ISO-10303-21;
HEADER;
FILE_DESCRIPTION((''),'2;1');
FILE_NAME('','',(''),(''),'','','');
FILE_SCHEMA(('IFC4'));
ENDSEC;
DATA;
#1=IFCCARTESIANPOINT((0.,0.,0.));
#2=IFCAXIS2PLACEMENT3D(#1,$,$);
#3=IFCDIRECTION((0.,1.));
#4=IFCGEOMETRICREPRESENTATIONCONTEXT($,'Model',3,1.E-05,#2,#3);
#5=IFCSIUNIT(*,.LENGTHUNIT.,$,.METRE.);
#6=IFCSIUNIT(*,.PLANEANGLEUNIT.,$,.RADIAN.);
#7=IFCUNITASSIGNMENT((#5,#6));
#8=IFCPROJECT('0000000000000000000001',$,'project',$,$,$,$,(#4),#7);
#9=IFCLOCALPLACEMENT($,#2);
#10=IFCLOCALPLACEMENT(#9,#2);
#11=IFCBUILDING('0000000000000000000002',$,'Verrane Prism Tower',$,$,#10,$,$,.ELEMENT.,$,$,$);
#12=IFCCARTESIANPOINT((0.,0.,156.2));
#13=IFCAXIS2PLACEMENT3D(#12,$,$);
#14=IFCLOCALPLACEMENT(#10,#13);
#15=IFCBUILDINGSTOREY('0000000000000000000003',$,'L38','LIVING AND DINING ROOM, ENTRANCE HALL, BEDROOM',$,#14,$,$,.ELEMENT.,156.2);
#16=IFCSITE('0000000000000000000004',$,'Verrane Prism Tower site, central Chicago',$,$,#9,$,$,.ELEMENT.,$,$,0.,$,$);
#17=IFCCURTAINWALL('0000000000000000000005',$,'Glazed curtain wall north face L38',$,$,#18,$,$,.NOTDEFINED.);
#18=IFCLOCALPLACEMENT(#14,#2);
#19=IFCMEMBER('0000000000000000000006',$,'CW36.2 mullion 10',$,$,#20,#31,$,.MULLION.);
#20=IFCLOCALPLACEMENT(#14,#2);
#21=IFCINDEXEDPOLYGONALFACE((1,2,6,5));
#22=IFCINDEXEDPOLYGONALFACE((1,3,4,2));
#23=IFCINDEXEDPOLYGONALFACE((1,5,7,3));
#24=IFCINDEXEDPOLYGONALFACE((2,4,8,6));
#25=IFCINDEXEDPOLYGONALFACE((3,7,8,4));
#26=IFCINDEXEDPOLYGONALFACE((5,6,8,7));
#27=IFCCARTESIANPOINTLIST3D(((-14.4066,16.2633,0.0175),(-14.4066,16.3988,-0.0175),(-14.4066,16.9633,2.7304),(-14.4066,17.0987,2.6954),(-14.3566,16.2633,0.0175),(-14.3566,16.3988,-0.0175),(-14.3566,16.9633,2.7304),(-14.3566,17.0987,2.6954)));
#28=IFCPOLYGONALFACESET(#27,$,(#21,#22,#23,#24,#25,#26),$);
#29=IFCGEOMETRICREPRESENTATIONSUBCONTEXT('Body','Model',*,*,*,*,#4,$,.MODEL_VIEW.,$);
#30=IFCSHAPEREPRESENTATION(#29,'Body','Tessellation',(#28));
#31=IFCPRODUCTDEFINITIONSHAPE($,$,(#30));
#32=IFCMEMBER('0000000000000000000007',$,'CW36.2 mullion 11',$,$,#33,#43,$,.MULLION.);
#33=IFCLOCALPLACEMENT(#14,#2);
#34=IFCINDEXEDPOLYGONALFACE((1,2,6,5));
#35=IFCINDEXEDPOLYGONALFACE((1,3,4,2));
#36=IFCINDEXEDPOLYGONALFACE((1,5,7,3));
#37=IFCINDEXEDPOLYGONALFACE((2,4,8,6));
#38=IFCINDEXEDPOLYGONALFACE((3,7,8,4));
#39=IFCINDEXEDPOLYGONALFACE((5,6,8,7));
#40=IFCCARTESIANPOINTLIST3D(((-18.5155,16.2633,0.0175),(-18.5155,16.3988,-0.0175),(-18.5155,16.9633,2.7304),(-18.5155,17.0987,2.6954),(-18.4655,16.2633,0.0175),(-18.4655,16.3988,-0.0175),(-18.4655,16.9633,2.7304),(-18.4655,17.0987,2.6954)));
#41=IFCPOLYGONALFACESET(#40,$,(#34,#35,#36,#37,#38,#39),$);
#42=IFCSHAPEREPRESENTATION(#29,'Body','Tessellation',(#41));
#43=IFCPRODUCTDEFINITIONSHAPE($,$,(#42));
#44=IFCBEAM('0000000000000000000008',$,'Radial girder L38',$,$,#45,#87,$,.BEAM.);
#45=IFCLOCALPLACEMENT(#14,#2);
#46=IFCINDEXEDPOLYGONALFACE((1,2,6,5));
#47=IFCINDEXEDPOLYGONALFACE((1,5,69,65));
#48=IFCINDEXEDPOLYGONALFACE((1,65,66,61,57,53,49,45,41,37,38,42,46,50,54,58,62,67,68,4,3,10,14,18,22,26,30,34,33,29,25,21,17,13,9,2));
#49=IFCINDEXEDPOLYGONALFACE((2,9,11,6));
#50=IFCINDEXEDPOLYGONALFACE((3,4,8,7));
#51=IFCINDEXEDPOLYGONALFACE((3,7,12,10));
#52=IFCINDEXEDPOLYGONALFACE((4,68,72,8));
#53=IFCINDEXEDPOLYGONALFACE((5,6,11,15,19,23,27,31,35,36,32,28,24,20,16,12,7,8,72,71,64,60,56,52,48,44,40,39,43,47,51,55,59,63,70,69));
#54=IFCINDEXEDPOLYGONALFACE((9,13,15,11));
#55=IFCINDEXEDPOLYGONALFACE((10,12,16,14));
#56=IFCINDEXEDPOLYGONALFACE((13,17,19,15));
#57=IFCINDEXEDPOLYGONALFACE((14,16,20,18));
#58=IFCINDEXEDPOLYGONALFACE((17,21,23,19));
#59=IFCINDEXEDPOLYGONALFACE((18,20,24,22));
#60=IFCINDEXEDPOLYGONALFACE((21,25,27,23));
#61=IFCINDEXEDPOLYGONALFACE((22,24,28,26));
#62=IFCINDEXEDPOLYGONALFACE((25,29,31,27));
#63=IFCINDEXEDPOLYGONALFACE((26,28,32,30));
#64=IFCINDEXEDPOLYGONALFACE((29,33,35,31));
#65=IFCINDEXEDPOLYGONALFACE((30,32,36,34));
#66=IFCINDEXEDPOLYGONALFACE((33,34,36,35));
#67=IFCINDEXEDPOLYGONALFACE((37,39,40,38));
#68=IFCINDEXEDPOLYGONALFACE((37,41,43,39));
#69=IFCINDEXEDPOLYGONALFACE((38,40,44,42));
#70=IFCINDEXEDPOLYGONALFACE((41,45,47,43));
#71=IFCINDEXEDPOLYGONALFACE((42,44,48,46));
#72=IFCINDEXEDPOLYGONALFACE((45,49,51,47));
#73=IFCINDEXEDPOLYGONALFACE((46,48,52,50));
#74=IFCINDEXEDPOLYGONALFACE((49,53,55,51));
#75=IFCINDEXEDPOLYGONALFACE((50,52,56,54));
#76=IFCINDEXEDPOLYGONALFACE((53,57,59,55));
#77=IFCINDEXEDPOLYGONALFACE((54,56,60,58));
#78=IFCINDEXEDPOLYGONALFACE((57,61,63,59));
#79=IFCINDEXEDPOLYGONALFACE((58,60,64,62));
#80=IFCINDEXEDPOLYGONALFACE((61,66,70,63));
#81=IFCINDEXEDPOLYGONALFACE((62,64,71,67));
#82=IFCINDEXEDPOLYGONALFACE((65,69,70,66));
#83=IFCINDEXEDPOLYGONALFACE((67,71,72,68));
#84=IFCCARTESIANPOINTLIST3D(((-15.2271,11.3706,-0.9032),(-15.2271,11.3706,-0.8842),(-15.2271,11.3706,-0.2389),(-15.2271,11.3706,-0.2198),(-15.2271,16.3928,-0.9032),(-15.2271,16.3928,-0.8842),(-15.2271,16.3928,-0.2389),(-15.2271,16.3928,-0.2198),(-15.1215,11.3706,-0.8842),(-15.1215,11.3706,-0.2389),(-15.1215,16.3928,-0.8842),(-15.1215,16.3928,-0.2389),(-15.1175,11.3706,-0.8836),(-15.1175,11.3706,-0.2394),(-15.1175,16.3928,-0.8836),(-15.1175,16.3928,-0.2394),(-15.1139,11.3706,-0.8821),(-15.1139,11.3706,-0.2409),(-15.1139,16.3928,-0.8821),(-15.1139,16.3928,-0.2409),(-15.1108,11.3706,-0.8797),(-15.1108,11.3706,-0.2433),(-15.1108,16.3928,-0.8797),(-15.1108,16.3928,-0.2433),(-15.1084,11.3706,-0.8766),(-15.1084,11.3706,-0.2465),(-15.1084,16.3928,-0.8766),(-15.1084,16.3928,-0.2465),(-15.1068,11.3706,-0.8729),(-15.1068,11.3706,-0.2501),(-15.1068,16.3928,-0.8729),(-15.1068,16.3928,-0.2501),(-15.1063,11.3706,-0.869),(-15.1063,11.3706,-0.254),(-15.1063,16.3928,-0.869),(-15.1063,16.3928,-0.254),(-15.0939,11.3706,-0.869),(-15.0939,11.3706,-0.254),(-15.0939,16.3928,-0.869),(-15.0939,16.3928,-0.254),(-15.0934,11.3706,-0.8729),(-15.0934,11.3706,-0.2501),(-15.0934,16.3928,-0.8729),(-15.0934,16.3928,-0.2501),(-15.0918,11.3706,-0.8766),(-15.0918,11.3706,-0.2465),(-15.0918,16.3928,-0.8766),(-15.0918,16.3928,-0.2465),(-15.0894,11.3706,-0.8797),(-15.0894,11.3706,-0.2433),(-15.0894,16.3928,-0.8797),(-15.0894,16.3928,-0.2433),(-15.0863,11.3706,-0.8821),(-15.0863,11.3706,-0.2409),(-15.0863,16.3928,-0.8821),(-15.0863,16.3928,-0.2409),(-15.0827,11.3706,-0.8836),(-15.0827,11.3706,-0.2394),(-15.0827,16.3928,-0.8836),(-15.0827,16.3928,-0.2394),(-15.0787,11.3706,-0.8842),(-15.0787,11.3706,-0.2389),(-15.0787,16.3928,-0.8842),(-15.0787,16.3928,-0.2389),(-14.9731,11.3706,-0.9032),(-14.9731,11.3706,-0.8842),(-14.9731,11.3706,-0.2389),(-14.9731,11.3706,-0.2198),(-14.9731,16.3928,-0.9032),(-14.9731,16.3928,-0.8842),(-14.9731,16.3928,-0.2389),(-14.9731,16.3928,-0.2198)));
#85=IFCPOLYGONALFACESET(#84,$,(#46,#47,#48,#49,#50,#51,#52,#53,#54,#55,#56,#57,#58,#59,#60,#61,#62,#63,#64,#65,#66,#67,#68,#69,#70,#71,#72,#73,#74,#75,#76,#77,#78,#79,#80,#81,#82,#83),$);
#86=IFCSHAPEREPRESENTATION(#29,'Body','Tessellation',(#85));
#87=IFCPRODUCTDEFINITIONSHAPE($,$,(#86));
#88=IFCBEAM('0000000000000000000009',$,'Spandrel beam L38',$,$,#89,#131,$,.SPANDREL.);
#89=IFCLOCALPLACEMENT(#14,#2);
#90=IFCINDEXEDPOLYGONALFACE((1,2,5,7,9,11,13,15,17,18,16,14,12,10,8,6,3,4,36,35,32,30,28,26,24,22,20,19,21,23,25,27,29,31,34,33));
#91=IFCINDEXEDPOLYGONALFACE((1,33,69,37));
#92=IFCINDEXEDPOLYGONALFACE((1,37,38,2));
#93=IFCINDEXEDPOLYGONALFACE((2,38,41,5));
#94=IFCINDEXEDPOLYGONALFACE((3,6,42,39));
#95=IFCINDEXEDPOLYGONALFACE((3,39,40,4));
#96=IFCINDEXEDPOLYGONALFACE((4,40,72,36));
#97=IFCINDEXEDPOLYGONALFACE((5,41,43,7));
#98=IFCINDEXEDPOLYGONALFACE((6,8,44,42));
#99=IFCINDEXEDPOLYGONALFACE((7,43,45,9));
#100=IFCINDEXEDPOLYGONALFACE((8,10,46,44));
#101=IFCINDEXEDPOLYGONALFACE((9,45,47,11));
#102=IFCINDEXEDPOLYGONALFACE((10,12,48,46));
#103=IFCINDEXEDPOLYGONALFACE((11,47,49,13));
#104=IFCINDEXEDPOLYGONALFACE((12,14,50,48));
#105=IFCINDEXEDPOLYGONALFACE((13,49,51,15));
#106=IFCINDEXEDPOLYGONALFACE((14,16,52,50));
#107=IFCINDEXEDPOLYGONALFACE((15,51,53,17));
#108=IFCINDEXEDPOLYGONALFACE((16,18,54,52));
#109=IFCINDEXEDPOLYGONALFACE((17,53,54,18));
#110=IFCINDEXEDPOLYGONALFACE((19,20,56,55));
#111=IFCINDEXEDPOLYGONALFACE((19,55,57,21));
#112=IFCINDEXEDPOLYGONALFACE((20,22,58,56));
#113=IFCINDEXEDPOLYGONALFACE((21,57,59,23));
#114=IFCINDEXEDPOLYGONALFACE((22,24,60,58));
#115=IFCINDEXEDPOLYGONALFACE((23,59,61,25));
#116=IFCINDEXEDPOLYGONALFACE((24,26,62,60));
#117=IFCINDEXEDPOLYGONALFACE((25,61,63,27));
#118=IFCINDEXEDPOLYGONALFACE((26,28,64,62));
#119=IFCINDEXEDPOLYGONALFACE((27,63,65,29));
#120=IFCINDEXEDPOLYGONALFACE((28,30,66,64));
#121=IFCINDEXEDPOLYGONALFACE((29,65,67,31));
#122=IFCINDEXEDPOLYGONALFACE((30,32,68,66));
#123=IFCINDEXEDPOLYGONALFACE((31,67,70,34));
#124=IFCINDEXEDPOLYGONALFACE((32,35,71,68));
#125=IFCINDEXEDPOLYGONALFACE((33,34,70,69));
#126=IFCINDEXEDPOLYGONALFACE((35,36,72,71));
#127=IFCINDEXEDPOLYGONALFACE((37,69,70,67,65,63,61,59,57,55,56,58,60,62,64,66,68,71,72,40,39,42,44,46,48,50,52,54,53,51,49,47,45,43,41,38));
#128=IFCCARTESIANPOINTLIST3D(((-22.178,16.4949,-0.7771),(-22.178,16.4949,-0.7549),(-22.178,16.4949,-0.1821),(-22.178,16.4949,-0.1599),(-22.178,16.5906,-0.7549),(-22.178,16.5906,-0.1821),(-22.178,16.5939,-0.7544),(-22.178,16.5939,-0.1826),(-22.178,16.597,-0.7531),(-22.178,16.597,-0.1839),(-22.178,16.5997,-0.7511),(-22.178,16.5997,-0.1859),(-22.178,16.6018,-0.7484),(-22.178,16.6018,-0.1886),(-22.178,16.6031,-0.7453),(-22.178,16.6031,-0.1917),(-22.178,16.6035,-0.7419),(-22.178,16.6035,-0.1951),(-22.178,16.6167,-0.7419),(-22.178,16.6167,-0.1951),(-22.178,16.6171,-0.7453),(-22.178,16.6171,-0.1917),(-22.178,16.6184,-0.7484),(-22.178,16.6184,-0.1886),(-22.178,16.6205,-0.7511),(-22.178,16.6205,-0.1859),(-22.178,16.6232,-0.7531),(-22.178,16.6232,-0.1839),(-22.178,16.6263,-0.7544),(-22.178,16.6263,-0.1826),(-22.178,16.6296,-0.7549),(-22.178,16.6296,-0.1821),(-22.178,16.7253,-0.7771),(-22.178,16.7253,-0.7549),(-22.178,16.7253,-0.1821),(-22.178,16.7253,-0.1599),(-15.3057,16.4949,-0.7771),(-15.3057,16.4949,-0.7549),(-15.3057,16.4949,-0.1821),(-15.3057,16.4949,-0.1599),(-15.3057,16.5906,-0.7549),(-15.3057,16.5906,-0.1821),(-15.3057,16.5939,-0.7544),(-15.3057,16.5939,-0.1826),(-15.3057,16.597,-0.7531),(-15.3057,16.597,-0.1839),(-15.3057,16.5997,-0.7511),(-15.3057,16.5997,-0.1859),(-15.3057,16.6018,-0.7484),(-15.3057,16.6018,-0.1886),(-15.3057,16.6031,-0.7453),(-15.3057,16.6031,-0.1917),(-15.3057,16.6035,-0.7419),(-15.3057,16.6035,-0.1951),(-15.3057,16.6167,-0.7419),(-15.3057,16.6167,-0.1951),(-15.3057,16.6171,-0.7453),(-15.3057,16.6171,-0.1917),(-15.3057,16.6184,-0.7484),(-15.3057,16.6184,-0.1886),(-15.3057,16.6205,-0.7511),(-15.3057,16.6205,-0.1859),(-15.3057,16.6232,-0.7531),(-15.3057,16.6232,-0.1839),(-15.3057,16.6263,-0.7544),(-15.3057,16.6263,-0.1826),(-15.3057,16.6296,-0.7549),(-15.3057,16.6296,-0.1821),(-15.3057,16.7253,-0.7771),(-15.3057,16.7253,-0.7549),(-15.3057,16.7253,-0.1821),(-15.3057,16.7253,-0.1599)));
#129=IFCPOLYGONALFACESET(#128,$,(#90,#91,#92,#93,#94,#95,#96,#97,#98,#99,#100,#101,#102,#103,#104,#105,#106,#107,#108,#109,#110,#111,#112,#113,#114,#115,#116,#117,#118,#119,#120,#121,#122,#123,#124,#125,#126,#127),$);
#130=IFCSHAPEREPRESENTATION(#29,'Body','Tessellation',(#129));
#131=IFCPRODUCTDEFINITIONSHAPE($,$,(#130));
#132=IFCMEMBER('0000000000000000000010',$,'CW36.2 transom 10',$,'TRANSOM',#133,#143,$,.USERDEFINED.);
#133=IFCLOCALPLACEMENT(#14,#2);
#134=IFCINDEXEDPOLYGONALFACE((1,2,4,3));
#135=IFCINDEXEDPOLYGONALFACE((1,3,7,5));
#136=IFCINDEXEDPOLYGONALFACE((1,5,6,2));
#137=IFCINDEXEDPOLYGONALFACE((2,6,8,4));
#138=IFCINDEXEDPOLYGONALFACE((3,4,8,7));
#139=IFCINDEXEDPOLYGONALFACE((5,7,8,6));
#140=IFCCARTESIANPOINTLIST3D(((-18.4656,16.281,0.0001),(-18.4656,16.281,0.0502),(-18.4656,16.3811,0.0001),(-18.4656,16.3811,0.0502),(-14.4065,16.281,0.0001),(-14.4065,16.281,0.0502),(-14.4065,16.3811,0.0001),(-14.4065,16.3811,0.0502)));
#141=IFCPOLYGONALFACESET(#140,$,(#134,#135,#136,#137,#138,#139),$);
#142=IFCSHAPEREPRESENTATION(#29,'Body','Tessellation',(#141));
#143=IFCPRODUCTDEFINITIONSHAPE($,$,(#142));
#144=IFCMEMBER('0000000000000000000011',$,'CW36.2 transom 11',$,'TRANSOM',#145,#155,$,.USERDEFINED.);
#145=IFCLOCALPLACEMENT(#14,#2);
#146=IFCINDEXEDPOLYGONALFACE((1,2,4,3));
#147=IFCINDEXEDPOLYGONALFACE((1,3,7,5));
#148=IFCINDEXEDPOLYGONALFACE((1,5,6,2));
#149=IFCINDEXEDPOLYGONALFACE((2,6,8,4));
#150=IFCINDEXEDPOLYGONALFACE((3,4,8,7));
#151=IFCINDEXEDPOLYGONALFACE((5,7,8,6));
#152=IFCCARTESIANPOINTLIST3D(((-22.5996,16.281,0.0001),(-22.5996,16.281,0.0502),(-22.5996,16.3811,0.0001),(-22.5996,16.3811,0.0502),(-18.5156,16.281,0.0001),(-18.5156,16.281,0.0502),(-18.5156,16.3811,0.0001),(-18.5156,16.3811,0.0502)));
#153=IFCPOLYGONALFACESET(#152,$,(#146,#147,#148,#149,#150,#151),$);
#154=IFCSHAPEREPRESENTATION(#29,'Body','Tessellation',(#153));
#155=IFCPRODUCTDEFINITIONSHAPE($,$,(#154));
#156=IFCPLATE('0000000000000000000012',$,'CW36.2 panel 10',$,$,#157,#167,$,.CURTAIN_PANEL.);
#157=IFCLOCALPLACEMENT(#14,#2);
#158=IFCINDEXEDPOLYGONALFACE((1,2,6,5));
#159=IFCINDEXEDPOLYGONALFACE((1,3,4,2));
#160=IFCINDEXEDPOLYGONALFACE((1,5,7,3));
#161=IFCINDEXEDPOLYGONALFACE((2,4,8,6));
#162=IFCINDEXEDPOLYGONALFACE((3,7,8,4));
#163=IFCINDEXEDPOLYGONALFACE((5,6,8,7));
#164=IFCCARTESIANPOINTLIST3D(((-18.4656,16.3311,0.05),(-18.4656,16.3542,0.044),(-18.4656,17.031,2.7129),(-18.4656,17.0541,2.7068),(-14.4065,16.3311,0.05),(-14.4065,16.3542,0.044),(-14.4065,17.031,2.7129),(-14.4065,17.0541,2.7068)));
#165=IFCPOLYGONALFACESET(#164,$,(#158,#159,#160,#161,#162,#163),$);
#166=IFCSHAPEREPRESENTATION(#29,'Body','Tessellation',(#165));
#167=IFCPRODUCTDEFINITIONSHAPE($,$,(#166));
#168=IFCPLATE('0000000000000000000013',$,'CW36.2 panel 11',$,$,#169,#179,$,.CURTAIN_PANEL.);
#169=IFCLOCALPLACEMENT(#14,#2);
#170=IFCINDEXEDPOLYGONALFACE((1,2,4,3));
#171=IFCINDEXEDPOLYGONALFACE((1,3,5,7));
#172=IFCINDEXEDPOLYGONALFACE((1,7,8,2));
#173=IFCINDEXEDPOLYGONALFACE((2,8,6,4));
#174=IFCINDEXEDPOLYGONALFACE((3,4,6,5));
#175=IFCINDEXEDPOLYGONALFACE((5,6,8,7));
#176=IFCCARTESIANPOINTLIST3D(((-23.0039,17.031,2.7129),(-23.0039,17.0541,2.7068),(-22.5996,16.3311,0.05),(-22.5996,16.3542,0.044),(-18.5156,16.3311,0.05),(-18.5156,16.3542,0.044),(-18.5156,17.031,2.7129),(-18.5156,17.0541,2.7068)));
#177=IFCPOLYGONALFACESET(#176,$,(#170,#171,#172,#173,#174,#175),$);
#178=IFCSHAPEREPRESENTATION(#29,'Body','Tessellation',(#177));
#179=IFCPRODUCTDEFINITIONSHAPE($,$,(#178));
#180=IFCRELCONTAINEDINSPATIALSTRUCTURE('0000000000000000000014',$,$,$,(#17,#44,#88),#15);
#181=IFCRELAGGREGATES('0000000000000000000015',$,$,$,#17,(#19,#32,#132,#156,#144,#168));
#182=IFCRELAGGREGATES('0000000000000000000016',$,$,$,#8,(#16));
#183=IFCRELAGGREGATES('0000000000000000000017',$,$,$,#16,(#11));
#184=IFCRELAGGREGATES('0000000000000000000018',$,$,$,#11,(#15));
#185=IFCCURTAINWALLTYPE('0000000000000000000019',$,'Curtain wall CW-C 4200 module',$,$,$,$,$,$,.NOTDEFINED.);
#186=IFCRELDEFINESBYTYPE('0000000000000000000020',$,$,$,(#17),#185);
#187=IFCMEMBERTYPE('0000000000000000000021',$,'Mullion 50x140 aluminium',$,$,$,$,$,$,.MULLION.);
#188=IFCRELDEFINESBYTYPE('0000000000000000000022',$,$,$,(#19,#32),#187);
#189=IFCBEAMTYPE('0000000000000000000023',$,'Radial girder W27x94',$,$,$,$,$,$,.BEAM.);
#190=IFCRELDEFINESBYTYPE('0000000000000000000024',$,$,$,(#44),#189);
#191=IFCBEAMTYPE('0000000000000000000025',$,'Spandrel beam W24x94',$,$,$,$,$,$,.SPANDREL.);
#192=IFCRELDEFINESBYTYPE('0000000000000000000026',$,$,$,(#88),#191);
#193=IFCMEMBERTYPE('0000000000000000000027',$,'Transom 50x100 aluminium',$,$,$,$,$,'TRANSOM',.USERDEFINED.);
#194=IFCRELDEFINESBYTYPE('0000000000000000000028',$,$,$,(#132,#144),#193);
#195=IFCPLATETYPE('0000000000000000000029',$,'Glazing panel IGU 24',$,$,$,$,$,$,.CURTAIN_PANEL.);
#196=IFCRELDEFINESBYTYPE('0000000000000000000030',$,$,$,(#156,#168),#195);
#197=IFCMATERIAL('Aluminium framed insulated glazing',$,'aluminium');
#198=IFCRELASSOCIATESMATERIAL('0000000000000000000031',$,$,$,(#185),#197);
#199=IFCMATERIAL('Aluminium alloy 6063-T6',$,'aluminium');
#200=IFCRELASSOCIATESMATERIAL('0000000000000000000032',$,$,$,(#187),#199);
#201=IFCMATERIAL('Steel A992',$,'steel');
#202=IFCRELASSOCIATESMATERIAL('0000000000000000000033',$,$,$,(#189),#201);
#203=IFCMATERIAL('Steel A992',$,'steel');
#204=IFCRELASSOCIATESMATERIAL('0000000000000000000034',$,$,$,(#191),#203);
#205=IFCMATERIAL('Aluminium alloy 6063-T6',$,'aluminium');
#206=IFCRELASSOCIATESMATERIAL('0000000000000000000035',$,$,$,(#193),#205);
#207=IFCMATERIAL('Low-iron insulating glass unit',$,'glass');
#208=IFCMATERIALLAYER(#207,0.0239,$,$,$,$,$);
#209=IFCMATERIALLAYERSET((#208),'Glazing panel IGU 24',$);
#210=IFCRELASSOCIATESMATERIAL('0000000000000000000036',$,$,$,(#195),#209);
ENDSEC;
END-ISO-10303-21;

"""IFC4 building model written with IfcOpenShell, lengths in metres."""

from ifc_helpers import new_model, si_unit, direction, frame, origin, origin_2d, place, context, subcontext, project, spatial, polyline, rectangle, i_section, outline, extrude, material, layer, layer_set, material_profile, profile_set, type_object, element, aggregate, save


model = new_model("IFC4")

# Units and contexts
model_context = context("Model", 3, precision=1e-05, world=origin(), true_north=direction((0.0, 1.0)))
body_context = subcontext(model_context, "Body", "Model", "MODEL_VIEW")
ifc_project = project(units=[si_unit("LENGTHUNIT", "METRE"), si_unit("PLANEANGLEUNIT", "RADIAN")], contexts=[model_context])

# Site, building, storey
site_placement = place(None, origin())
site = spatial("IfcSite", under=ifc_project, at=site_placement, Name="Verrane Prism Tower site, central Chicago", CompositionType="ELEMENT", RefElevation=0.0)
building_placement = place(site_placement, origin())
building = spatial("IfcBuilding", under=site, at=building_placement, Name="Verrane Prism Tower", CompositionType="ELEMENT")
storey_placement = place(building_placement, frame((0.0, 0.0, 156.2)))
storey = spatial("IfcBuildingStorey", under=building, at=storey_placement, Name="L38", Description="LIVING AND DINING ROOM, ENTRANCE HALL, BEDROOM", CompositionType="ELEMENT", Elevation=156.2)

# Curtain wall, members
ifc_material_1 = material(Name="Aluminium framed insulated glazing", Category="aluminium")
curtain_wall_type = type_object("IfcCurtainWallType", Name="Curtain wall CW-C 4200 module", PredefinedType="NOTDEFINED", material=ifc_material_1)
curtain_wall_placement = place(storey_placement, origin())
curtain_wall = element("IfcCurtainWall", 1, at=curtain_wall_placement, inside=storey, type_object=curtain_wall_type, Name="Glazed curtain wall north face L38", PredefinedType="NOTDEFINED")
ifc_material_2 = material(Name="Aluminium alloy 6063-T6", Category="aluminium")
ifc_material_profile_1 = material_profile(ifc_material_2, rectangle(XDim=0.1399, YDim=0.05, at=origin_2d()), Name="Mullion 50x140 aluminium")
ifc_profile_set_1 = profile_set([ifc_material_profile_1], Name="Aluminium alloy 6063-T6")
member_type_1 = type_object("IfcMemberType", Name="Mullion 50x140 aluminium", PredefinedType="MULLION", material=ifc_profile_set_1)
member_1_placement = place(storey_placement, frame((-14.3816, 16.3311, 0.0), z_axis=(0.0, 0.249828, 0.96829), x_axis=(0.0, 0.96829, -0.249828)))
member_1 = element("IfcMember", 2, at=member_1_placement, type_object=member_type_1, Name="CW36.2 mullion 10", PredefinedType="MULLION", context=body_context, shape_type="SweptSolid", body=[
    extrude(rectangle(XDim=0.1399, YDim=0.05, at=origin_2d()), origin(), (0.0, 0.0, 1.0), 2.8018),
])
member_2_placement = place(storey_placement, frame((-18.4905, 16.3311, 0.0), z_axis=(0.0, 0.249828, 0.96829), x_axis=(0.0, 0.96829, -0.249828)))
member_2 = element("IfcMember", 3, at=member_2_placement, type_object=member_type_1, Name="CW36.2 mullion 11", PredefinedType="MULLION", context=body_context, shape_type="SweptSolid", body=[
    extrude(rectangle(XDim=0.1399, YDim=0.05, at=origin_2d()), origin(), (0.0, 0.0, 1.0), 2.8018),
])

# Beams
ifc_material_3 = material(Name="Steel A992", Category="steel")
ifc_material_profile_2 = material_profile(ifc_material_3, i_section(OverallWidth=0.2539, OverallDepth=0.6833, WebThickness=0.0125, FlangeThickness=0.019, FilletRadius=0.0151, at=origin_2d()), Name="W27x94")
ifc_profile_set_2 = profile_set([ifc_material_profile_2], Name="Steel A992")
beam_type_1 = type_object("IfcBeamType", Name="Radial girder W27x94", PredefinedType="BEAM", material=ifc_profile_set_2)
beam_1_placement = place(storey_placement, frame((-15.1001, 16.3928, -0.5615), z_axis=(0.0, -1.0, 0.0), x_axis=(1.0, 0.0, 0.0)))
element("IfcBeam", 4, at=beam_1_placement, inside=storey, type_object=beam_type_1, Name="Radial girder L38", PredefinedType="BEAM", context=body_context, shape_type="SweptSolid", body=[
    extrude(i_section(OverallWidth=0.2539, OverallDepth=0.6833, WebThickness=0.0125, FlangeThickness=0.019, FilletRadius=0.0151, at=origin_2d()), origin(), (0.0, 0.0, 1.0), 5.0222),
])
ifc_material_4 = material(Name="Steel A992", Category="steel")
ifc_material_profile_3 = material_profile(ifc_material_4, i_section(OverallWidth=0.2305, OverallDepth=0.6172, WebThickness=0.0132, FlangeThickness=0.0222, FilletRadius=0.0129, at=origin_2d()), Name="W24x94")
ifc_profile_set_3 = profile_set([ifc_material_profile_3], Name="Steel A992")
beam_type_2 = type_object("IfcBeamType", Name="Spandrel beam W24x94", PredefinedType="SPANDREL", material=ifc_profile_set_3)
beam_2_placement = place(storey_placement, frame((-15.3057, 16.6101, -0.4685), z_axis=(-1.0, 0.0, 0.0), x_axis=(0.0, -1.0, 0.0)))
element("IfcBeam", 5, at=beam_2_placement, inside=storey, type_object=beam_type_2, Name="Spandrel beam L38", PredefinedType="SPANDREL", context=body_context, shape_type="SweptSolid", body=[
    extrude(i_section(OverallWidth=0.2305, OverallDepth=0.6172, WebThickness=0.0132, FlangeThickness=0.0222, FilletRadius=0.0129, at=origin_2d()), origin(), (0.0, 0.0, 1.0), 6.8723),
])

# Members
ifc_material_5 = material(Name="Aluminium alloy 6063-T6", Category="aluminium")
ifc_material_profile_4 = material_profile(ifc_material_5, rectangle(XDim=0.1001, YDim=0.05, at=origin_2d()), Name="Transom 50x100 aluminium")
ifc_profile_set_4 = profile_set([ifc_material_profile_4], Name="Aluminium alloy 6063-T6")
member_type_2 = type_object("IfcMemberType", Name="Transom 50x100 aluminium", ElementType="TRANSOM", PredefinedType="USERDEFINED", material=ifc_profile_set_4)
member_3_placement = place(storey_placement, frame((-14.4065, 16.3311, 0.0251), z_axis=(-1.0, 0.0, 0.0), x_axis=(0.0, -1.0, 0.0)))
member_3 = element("IfcMember", 6, at=member_3_placement, type_object=member_type_2, Name="CW36.2 transom 10", ObjectType="TRANSOM", PredefinedType="USERDEFINED", context=body_context, shape_type="SweptSolid", body=[
    extrude(rectangle(XDim=0.1001, YDim=0.05, at=origin_2d()), origin(), (0.0, 0.0, 1.0), 4.0591),
])
member_4_placement = place(storey_placement, frame((-18.5156, 16.3311, 0.0251), z_axis=(-1.0, 0.0, 0.0), x_axis=(0.0, -1.0, 0.0)))
member_4 = element("IfcMember", 7, at=member_4_placement, type_object=member_type_2, Name="CW36.2 transom 11", ObjectType="TRANSOM", PredefinedType="USERDEFINED", context=body_context, shape_type="SweptSolid", body=[
    extrude(rectangle(XDim=0.1001, YDim=0.05, at=origin_2d()), origin(), (0.0, 0.0, 1.0), 4.084),
])

# Plates
ifc_material_6 = material(Name="Low-iron insulating glass unit", Category="glass")
ifc_layer_1 = layer(ifc_material_6, 0.0239)
ifc_layer_set_1 = layer_set([ifc_layer_1], Name="Glazing panel IGU 24")
plate_type = type_object("IfcPlateType", Name="Glazing panel IGU 24", PredefinedType="CURTAIN_PANEL", material=ifc_layer_set_1)
plate_1_placement = place(storey_placement, frame((-14.4065, 16.3311, 0.05), z_axis=(0.0, -0.967146, 0.254223), x_axis=(-1.0, 0.0, 0.0)))
plate_1 = element("IfcPlate", 8, at=plate_1_placement, type_object=plate_type, Name="CW36.2 panel 10", PredefinedType="CURTAIN_PANEL", context=body_context, shape_type="SweptSolid", body=[
    extrude(outline(polyline([(0.0, 0.0), (4.0591, 0.0), (4.0591, -2.7533), (0.0, -2.7533), (0.0, 0.0)])), origin(), (0.0, 0.0, -1.0), 0.0239),
])
plate_2_placement = place(storey_placement, frame((-18.5156, 16.3311, 0.05), z_axis=(0.0, -0.967146, 0.254223), x_axis=(-1.0, 0.0, 0.0)))
plate_2 = element("IfcPlate", 9, at=plate_2_placement, type_object=plate_type, Name="CW36.2 panel 11", PredefinedType="CURTAIN_PANEL", context=body_context, shape_type="SweptSolid", body=[
    extrude(outline(polyline([(0.0, 0.0), (4.084, 0.0), (4.4883, -2.7533), (0.0, -2.7533), (0.0, 0.0)])), origin(), (0.0, 0.0, -1.0), 0.0239),
])
aggregate(curtain_wall, [member_1, member_2, member_3, plate_1, member_4, plate_2])

save(model, "model.ifc")
